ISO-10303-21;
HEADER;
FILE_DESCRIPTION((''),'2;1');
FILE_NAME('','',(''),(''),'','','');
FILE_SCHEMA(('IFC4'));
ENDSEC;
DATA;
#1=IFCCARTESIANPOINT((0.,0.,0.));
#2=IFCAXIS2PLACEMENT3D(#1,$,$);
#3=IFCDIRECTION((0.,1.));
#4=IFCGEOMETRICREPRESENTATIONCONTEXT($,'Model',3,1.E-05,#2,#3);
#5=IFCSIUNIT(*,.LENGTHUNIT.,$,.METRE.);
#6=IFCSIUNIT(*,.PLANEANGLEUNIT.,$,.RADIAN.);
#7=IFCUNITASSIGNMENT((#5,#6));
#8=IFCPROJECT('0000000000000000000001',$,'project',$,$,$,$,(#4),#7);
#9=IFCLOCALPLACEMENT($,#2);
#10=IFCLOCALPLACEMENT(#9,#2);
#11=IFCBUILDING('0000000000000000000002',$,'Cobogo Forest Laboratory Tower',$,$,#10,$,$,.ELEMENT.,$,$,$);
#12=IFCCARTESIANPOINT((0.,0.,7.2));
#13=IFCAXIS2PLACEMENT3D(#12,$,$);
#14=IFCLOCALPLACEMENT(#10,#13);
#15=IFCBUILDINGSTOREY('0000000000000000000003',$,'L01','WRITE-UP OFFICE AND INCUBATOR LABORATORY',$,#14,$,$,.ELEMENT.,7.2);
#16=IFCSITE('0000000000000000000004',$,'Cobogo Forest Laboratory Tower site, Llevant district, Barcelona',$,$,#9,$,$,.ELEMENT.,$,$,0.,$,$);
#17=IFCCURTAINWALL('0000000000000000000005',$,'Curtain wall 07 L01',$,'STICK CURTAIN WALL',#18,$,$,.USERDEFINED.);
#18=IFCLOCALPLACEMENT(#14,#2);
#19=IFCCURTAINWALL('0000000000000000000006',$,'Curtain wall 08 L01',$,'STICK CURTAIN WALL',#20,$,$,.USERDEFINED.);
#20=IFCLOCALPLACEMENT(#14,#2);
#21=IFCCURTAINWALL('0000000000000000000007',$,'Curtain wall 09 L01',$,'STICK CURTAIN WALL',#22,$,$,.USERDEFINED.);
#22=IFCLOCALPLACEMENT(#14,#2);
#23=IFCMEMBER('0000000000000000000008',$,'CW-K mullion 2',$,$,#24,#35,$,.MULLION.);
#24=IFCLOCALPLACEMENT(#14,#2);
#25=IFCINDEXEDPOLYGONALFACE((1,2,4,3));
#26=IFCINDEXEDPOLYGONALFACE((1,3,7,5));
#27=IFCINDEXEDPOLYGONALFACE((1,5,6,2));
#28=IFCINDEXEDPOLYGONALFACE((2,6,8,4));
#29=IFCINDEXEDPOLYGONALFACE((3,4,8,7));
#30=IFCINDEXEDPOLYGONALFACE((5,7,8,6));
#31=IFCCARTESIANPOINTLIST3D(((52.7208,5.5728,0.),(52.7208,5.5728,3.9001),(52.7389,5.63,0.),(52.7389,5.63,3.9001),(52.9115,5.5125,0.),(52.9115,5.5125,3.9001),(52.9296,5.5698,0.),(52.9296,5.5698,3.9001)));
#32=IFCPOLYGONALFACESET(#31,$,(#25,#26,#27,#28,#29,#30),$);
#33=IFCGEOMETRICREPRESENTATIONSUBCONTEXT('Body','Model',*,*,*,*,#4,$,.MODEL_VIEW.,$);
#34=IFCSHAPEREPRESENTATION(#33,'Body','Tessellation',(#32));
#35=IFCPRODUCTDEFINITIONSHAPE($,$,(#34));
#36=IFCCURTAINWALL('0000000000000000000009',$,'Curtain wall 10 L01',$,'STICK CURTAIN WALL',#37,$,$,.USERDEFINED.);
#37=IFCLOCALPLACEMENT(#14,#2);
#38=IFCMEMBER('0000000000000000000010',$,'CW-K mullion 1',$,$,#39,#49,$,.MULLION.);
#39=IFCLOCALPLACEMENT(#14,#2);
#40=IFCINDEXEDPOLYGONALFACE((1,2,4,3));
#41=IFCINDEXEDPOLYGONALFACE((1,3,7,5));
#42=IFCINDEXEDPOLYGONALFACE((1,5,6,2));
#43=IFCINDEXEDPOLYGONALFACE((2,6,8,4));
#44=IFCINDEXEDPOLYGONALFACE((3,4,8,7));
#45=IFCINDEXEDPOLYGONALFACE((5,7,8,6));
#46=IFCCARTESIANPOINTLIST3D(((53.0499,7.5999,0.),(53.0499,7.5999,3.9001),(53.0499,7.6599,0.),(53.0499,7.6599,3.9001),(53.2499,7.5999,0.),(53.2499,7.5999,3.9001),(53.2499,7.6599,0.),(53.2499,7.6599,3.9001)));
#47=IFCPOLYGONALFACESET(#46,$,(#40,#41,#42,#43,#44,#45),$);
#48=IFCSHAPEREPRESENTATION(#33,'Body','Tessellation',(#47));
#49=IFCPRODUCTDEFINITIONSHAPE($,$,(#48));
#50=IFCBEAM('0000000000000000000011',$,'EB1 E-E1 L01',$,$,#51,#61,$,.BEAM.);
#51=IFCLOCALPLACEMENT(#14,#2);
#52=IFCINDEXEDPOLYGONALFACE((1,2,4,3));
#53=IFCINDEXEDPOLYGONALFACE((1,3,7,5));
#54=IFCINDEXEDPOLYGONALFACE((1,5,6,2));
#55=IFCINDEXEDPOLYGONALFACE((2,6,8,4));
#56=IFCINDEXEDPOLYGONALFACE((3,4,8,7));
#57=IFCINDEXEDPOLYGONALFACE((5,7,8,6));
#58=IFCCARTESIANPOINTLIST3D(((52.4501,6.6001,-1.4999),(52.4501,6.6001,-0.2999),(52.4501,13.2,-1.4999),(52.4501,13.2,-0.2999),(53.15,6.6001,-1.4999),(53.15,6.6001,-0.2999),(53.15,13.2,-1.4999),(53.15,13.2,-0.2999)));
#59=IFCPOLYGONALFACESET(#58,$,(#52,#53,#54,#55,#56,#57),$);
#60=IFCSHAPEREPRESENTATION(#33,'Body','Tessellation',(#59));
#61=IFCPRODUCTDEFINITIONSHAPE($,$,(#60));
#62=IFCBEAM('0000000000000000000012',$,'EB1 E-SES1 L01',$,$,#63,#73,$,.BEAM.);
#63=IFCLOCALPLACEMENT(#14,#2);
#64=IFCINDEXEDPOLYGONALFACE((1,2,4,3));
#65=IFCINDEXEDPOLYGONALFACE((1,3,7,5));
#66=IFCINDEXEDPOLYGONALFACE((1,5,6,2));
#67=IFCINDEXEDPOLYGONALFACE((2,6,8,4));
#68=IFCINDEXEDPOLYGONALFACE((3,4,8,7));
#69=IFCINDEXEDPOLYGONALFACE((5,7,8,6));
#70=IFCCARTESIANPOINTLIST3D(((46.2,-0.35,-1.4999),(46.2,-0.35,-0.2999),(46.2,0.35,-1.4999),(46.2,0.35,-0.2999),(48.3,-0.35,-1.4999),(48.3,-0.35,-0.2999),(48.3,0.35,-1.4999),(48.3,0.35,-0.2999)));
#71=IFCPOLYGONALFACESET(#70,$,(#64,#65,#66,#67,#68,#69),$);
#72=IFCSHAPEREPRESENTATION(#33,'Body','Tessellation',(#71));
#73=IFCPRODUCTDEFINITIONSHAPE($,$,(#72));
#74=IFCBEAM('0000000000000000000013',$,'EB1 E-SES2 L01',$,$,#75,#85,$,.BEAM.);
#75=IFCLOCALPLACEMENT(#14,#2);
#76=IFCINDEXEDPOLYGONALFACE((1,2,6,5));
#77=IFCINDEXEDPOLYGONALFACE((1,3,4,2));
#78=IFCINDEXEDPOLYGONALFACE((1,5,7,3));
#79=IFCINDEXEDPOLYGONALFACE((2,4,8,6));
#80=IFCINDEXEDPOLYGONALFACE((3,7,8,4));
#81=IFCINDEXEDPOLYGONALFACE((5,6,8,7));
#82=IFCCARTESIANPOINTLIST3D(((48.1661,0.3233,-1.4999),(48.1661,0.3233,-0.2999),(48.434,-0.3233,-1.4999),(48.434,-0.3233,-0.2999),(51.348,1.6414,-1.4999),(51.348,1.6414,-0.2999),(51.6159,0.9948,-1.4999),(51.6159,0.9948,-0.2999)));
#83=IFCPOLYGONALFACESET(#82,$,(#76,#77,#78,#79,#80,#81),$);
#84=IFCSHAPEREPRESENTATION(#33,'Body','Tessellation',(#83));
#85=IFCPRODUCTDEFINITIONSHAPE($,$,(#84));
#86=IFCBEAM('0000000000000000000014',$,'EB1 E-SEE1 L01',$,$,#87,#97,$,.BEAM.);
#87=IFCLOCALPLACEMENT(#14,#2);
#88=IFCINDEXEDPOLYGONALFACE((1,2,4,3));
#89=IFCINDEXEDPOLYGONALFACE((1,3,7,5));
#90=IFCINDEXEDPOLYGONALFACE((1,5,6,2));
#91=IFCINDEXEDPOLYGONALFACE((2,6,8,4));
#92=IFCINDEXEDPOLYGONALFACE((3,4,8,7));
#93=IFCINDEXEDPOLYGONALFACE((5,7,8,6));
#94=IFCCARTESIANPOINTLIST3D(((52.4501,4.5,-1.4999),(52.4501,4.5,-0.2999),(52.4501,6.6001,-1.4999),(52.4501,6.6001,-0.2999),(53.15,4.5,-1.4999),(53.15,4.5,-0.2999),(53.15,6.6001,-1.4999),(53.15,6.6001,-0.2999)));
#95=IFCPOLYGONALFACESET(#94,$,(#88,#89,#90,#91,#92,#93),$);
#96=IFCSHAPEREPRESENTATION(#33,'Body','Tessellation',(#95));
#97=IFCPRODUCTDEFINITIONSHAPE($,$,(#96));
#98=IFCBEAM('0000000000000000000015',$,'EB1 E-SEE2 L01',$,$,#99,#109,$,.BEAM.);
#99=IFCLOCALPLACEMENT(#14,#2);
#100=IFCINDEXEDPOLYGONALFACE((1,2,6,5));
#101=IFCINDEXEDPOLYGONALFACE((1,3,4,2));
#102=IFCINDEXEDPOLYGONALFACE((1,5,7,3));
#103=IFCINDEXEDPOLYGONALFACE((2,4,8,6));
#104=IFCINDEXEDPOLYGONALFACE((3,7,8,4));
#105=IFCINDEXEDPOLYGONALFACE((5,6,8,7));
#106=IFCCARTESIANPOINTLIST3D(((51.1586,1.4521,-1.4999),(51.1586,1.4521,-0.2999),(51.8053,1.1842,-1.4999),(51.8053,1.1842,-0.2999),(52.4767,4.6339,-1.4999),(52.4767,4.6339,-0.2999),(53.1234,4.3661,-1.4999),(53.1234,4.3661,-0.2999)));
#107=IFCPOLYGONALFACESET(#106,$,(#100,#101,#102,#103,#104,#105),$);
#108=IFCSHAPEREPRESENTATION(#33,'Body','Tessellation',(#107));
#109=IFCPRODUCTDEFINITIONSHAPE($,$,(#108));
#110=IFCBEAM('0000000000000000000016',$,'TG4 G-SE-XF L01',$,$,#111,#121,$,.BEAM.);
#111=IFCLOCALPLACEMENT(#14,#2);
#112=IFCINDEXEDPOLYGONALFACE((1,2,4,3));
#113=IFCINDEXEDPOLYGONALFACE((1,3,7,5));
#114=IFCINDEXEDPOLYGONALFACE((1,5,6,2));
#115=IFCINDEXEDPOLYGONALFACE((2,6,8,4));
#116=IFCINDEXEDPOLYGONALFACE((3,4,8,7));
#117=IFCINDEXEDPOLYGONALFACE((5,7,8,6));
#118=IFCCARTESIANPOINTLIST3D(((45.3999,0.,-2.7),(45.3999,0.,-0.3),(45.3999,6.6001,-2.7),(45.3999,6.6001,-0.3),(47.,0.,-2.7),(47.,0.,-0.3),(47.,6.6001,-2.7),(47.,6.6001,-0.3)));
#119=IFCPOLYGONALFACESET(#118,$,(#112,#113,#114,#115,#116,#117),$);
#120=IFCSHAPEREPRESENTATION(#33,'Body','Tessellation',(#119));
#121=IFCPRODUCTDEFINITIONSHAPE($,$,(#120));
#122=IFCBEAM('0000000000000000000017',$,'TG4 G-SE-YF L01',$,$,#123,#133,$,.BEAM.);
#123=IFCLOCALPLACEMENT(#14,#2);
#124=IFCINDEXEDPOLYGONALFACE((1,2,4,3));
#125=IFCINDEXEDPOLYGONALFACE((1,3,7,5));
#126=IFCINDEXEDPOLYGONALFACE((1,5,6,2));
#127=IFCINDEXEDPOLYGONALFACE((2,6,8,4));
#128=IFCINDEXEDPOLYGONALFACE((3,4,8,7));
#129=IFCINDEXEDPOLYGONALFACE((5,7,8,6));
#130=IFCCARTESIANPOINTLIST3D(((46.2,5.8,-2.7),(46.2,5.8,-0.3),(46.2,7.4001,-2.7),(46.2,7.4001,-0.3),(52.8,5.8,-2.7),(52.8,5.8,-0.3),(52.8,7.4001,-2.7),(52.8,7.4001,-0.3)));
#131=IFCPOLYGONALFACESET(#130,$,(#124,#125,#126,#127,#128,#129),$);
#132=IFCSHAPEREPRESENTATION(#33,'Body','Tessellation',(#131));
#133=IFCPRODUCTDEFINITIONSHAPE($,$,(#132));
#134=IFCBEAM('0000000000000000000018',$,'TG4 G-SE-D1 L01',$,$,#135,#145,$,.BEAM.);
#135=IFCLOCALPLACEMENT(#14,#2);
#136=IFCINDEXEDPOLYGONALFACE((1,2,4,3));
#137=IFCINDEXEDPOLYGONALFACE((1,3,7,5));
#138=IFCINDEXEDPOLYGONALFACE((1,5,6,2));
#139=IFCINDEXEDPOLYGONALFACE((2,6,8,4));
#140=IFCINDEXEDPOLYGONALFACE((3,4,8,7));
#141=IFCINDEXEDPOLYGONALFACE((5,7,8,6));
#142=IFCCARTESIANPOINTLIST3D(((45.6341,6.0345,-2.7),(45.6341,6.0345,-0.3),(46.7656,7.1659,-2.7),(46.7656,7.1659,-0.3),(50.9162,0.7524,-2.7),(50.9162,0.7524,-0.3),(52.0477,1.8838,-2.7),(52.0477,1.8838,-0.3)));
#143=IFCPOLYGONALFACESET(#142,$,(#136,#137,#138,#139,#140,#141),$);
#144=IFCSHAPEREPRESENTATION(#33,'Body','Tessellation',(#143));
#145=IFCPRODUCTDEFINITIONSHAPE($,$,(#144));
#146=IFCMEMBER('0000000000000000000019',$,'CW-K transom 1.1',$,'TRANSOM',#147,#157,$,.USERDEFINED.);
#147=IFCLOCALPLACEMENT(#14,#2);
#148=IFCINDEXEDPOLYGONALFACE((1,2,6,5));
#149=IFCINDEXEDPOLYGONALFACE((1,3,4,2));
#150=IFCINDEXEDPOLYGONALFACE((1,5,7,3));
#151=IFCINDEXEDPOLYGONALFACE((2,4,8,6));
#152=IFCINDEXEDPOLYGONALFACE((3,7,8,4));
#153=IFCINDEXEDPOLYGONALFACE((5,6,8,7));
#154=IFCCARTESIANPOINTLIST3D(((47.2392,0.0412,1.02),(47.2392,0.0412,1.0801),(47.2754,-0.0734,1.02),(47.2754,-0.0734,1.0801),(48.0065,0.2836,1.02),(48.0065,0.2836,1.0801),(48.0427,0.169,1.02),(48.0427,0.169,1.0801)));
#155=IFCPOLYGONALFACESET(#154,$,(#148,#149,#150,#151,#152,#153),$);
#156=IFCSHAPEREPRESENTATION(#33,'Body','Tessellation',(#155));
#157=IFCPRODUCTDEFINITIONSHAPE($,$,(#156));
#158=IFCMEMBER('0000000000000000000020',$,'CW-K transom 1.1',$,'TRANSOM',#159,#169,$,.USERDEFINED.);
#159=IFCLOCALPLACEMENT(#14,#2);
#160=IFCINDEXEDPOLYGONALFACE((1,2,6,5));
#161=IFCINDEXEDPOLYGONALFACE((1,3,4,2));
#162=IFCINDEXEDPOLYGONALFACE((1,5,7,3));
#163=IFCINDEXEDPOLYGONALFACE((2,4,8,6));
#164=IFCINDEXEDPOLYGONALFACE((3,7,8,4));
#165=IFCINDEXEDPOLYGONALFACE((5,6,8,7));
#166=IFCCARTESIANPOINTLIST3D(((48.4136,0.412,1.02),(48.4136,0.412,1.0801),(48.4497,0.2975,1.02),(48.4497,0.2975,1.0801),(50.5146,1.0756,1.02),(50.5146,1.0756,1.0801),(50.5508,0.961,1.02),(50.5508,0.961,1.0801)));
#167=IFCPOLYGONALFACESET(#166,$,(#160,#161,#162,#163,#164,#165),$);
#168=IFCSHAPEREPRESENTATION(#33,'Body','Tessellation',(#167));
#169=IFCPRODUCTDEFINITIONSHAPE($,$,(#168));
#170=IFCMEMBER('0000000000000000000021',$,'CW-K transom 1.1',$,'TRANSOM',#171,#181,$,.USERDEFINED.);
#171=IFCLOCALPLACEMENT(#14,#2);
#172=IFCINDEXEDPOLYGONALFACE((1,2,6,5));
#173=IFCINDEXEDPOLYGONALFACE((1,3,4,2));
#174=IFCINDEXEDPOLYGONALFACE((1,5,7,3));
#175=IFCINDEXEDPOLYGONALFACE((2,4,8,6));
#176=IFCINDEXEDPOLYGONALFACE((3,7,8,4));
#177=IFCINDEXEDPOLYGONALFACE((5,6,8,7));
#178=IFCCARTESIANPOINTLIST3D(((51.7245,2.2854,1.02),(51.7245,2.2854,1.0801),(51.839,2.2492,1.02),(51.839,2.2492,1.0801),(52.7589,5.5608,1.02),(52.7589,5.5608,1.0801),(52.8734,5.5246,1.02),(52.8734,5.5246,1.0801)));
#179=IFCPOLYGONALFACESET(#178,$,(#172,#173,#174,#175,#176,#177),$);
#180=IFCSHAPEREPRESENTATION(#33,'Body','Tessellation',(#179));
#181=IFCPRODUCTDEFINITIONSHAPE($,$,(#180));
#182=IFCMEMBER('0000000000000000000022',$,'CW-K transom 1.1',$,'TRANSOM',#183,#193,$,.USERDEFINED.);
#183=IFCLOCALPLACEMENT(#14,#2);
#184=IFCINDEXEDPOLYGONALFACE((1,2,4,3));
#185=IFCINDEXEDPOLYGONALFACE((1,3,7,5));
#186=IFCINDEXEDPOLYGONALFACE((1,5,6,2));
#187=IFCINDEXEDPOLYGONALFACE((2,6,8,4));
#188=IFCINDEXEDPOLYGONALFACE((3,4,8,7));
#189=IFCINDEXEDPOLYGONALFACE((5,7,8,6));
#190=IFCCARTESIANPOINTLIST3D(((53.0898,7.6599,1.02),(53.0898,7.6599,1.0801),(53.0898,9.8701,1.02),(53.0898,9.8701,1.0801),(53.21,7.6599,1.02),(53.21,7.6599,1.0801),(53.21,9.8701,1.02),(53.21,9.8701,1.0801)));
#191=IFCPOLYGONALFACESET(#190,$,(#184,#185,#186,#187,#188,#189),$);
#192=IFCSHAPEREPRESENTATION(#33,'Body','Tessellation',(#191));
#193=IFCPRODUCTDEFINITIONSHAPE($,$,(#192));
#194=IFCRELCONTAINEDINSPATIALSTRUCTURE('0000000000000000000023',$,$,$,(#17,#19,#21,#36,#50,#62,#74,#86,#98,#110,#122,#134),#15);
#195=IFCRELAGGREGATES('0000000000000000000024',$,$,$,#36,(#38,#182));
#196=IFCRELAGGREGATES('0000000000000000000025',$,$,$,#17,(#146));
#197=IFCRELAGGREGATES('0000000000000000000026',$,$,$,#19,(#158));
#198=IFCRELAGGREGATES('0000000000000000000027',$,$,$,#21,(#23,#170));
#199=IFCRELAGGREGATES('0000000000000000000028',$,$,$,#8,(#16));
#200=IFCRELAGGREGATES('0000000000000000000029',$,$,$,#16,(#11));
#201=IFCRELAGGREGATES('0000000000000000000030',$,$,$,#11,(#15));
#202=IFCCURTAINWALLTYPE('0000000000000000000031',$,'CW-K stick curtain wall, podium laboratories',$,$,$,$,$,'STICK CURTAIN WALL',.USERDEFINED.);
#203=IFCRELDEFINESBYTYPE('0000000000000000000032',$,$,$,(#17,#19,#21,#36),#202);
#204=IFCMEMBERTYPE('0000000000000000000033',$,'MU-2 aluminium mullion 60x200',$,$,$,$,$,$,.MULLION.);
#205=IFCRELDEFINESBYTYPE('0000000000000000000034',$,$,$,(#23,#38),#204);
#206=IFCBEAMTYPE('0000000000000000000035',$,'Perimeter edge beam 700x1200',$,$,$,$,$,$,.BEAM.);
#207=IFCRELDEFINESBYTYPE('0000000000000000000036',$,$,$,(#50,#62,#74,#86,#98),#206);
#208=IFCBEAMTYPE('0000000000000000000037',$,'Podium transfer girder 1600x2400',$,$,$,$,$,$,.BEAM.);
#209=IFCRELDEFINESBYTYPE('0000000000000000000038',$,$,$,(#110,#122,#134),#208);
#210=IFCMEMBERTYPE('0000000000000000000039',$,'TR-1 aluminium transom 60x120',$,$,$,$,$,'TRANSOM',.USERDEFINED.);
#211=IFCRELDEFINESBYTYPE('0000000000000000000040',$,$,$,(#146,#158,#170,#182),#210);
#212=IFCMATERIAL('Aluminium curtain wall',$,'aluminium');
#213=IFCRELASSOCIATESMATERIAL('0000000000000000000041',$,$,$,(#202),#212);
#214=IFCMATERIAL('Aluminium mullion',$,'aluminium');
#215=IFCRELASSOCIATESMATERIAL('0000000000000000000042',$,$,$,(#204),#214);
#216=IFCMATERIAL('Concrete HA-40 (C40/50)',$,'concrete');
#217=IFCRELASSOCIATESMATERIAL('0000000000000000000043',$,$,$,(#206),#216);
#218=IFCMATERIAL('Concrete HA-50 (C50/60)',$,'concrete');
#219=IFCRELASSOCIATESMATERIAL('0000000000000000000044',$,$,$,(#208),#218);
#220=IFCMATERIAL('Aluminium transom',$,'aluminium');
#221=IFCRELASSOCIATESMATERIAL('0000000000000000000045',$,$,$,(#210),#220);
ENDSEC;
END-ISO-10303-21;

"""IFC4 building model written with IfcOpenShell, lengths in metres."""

from ifc_helpers import new_model, si_unit, direction, frame, origin, origin_2d, place, context, subcontext, project, spatial, rectangle, extrude, material, material_profile, profile_set, type_object, element, aggregate, save


model = new_model("IFC4")

# Units and contexts
model_context = context("Model", 3, precision=1e-05, world=origin(), true_north=direction((0.0, 1.0)))
body_context = subcontext(model_context, "Body", "Model", "MODEL_VIEW")
ifc_project = project(units=[si_unit("LENGTHUNIT", "METRE"), si_unit("PLANEANGLEUNIT", "RADIAN")], contexts=[model_context])

# Site, building, storey
site_placement = place(None, origin())
site = spatial("IfcSite", under=ifc_project, at=site_placement, Name="Cobogo Forest Laboratory Tower site, Llevant district, Barcelona", CompositionType="ELEMENT", RefElevation=0.0)
building_placement = place(site_placement, origin())
building = spatial("IfcBuilding", under=site, at=building_placement, Name="Cobogo Forest Laboratory Tower", CompositionType="ELEMENT")
storey_placement = place(building_placement, frame((0.0, 0.0, 7.2)))
storey = spatial("IfcBuildingStorey", under=building, at=storey_placement, Name="L01", Description="WRITE-UP OFFICE AND INCUBATOR LABORATORY", CompositionType="ELEMENT", Elevation=7.2)

# Shared definitions
ifc_material_1 = material(Name="Concrete HA-50 (C50/60)", Category="concrete")

# Shared definitions
ifc_material_2 = material(Name="Concrete HA-40 (C40/50)", Category="concrete")

# Shared definitions
ifc_material_3 = material(Name="Aluminium curtain wall", Category="aluminium")
curtain_wall_type = type_object("IfcCurtainWallType", Name="CW-K stick curtain wall, podium laboratories", ElementType="STICK CURTAIN WALL", PredefinedType="USERDEFINED", material=ifc_material_3)
ifc_material_4 = material(Name="Aluminium mullion", Category="aluminium")
ifc_material_profile_1 = material_profile(ifc_material_4, rectangle(XDim=0.0601, YDim=0.2, at=origin_2d()), Name="AL 60x200")
ifc_profile_set_1 = profile_set([ifc_material_profile_1], Name="Aluminium mullion")
member_type_1 = type_object("IfcMemberType", Name="MU-2 aluminium mullion 60x200", PredefinedType="MULLION", material=ifc_profile_set_1)

# Curtain walls, member
curtain_wall_1_placement = place(storey_placement, origin())
curtain_wall_1 = element("IfcCurtainWall", 1, at=curtain_wall_1_placement, inside=storey, type_object=curtain_wall_type, Name="Curtain wall 07 L01", ObjectType="STICK CURTAIN WALL", PredefinedType="USERDEFINED")
curtain_wall_2_placement = place(storey_placement, origin())
curtain_wall_2 = element("IfcCurtainWall", 2, at=curtain_wall_2_placement, inside=storey, type_object=curtain_wall_type, Name="Curtain wall 08 L01", ObjectType="STICK CURTAIN WALL", PredefinedType="USERDEFINED")
curtain_wall_3_placement = place(storey_placement, origin())
curtain_wall_3 = element("IfcCurtainWall", 3, at=curtain_wall_3_placement, inside=storey, type_object=curtain_wall_type, Name="Curtain wall 09 L01", ObjectType="STICK CURTAIN WALL", PredefinedType="USERDEFINED")
member_1_placement = place(storey_placement, frame((52.8252, 5.5713, 0.0), z_axis=(0.0, 0.0, 1.0), x_axis=(0.301135, 0.953581, 0.0)))
member_1 = element("IfcMember", 4, at=member_1_placement, type_object=member_type_1, Name="CW-K mullion 2", PredefinedType="MULLION", context=body_context, shape_type="SweptSolid", body=[
    extrude(rectangle(XDim=0.0601, YDim=0.2, at=origin_2d()), origin(), (0.0, 0.0, 1.0), 3.9001),
])

# Curtain wall, member
curtain_wall_4_placement = place(storey_placement, origin())
curtain_wall_4 = element("IfcCurtainWall", 5, at=curtain_wall_4_placement, inside=storey, type_object=curtain_wall_type, Name="Curtain wall 10 L01", ObjectType="STICK CURTAIN WALL", PredefinedType="USERDEFINED")
member_2_placement = place(storey_placement, frame((53.1499, 7.6299, 0.0), z_axis=(0.0, 0.0, 1.0), x_axis=(0.0, 1.0, 0.0)))
member_2 = element("IfcMember", 6, at=member_2_placement, type_object=member_type_1, Name="CW-K mullion 1", PredefinedType="MULLION", context=body_context, shape_type="SweptSolid", body=[
    extrude(rectangle(XDim=0.0601, YDim=0.2, at=origin_2d()), origin(), (0.0, 0.0, 1.0), 3.9001),
])

# Beams
ifc_material_profile_2 = material_profile(ifc_material_2, rectangle(XDim=0.7, YDim=1.2, at=origin_2d()), Name="RC 700x1200")
ifc_profile_set_2 = profile_set([ifc_material_profile_2], Name="Concrete HA-40 (C40/50)")
beam_type_1 = type_object("IfcBeamType", Name="Perimeter edge beam 700x1200", PredefinedType="BEAM", material=ifc_profile_set_2)
beam_1_placement = place(storey_placement, frame((52.8, 6.6001, -0.8999), z_axis=(0.0, 1.0, 0.0), x_axis=(-1.0, 0.0, 0.0)))
element("IfcBeam", 7, at=beam_1_placement, inside=storey, type_object=beam_type_1, Name="EB1 E-E1 L01", PredefinedType="BEAM", context=body_context, shape_type="SweptSolid", body=[
    extrude(rectangle(XDim=0.7, YDim=1.2, at=origin_2d()), origin(), (0.0, 0.0, 1.0), 6.5999),
])
beam_2_placement = place(storey_placement, frame((46.2, 0.0, -0.8999), z_axis=(1.0, 0.0, 0.0), x_axis=(0.0, 1.0, 0.0)))
element("IfcBeam", 8, at=beam_2_placement, inside=storey, type_object=beam_type_1, Name="EB1 E-SES1 L01", PredefinedType="BEAM", context=body_context, shape_type="SweptSolid", body=[
    extrude(rectangle(XDim=0.7, YDim=1.2, at=origin_2d()), origin(), (0.0, 0.0, 1.0), 2.1001),
])
beam_3_placement = place(storey_placement, frame((48.3, 0.0, -0.8999), z_axis=(0.923866, 0.382717, 0.0), x_axis=(-0.382717, 0.923866, 0.0)))
element("IfcBeam", 9, at=beam_3_placement, inside=storey, type_object=beam_type_1, Name="EB1 E-SES2 L01", PredefinedType="BEAM", context=body_context, shape_type="SweptSolid", body=[
    extrude(rectangle(XDim=0.7, YDim=1.2, at=origin_2d()), origin(), (0.0, 0.0, 1.0), 3.4441),
])
beam_4_placement = place(storey_placement, frame((52.8, 6.6001, -0.8999), z_axis=(0.0, -1.0, 0.0), x_axis=(1.0, 0.0, 0.0)))
element("IfcBeam", 10, at=beam_4_placement, inside=storey, type_object=beam_type_1, Name="EB1 E-SEE1 L01", PredefinedType="BEAM", context=body_context, shape_type="SweptSolid", body=[
    extrude(rectangle(XDim=0.7, YDim=1.2, at=origin_2d()), origin(), (0.0, 0.0, 1.0), 2.1001),
])
beam_5_placement = place(storey_placement, frame((52.8, 4.5, -0.8999), z_axis=(-0.382717, -0.923866, 0.0), x_axis=(0.923866, -0.382717, 0.0)))
element("IfcBeam", 11, at=beam_5_placement, inside=storey, type_object=beam_type_1, Name="EB1 E-SEE2 L01", PredefinedType="BEAM", context=body_context, shape_type="SweptSolid", body=[
    extrude(rectangle(XDim=0.7, YDim=1.2, at=origin_2d()), origin(), (0.0, 0.0, 1.0), 3.4441),
])
ifc_material_profile_3 = material_profile(ifc_material_1, rectangle(XDim=1.6001, YDim=2.3999, at=origin_2d()), Name="RC 1600x2400")
ifc_profile_set_3 = profile_set([ifc_material_profile_3], Name="Concrete HA-50 (C50/60)")
beam_type_2 = type_object("IfcBeamType", Name="Podium transfer girder 1600x2400", PredefinedType="BEAM", material=ifc_profile_set_3)
for number, where, z_axis, x_axis, name in (
    (12, (46.2, 0.0, -1.5), (0.0, 1.0, 0.0), (-1.0, 0.0, 0.0), "TG4 G-SE-XF L01"),
    (13, (52.8, 6.6001, -1.5), (-1.0, 0.0, 0.0), (0.0, -1.0, 0.0), "TG4 G-SE-YF L01"),
):
    element("IfcBeam", number, at=place(storey_placement, frame(where, z_axis=z_axis, x_axis=x_axis)), inside=storey, type_object=beam_type_2, Name=name, PredefinedType="BEAM", context=body_context, shape_type="SweptSolid", body=[
        extrude(rectangle(XDim=1.6001, YDim=2.3999, at=origin_2d()), origin(), (0.0, 0.0, 1.0), 6.6001),
    ])
beam_6_placement = place(storey_placement, frame((51.4819, 1.3181, -1.5), z_axis=(-0.707107, 0.707107, 0.0), x_axis=(-0.707107, -0.707107, 0.0)))
element("IfcBeam", 14, at=beam_6_placement, inside=storey, type_object=beam_type_2, Name="TG4 G-SE-D1 L01", PredefinedType="BEAM", context=body_context, shape_type="SweptSolid", body=[
    extrude(rectangle(XDim=1.6001, YDim=2.3999, at=origin_2d()), origin(), (0.0, 0.0, 1.0), 7.47),
])

# Members
ifc_material_5 = material(Name="Aluminium transom", Category="aluminium")
ifc_material_profile_4 = material_profile(ifc_material_5, rectangle(XDim=0.1201, YDim=0.0601, at=origin_2d()), Name="AL 60x120")
ifc_profile_set_4 = profile_set([ifc_material_profile_4], Name="Aluminium transom")
member_type_2 = type_object("IfcMemberType", Name="TR-1 aluminium transom 60x120", ElementType="TRANSOM", PredefinedType="USERDEFINED", material=ifc_profile_set_4)
member_3_placement = place(storey_placement, frame((47.2573, -0.0161, 1.05), z_axis=(0.953541, 0.301262, 0.0), x_axis=(-0.301262, 0.953541, 0.0)))
member_3 = element("IfcMember", 15, at=member_3_placement, type_object=member_type_2, Name="CW-K transom 1.1", ObjectType="TRANSOM", PredefinedType="USERDEFINED", context=body_context, shape_type="SweptSolid", body=[
    extrude(rectangle(XDim=0.1201, YDim=0.0601, at=origin_2d()), origin(), (0.0, 0.0, 1.0), 0.8047),
])
member_4_placement = place(storey_placement, frame((48.4316, 0.3547, 1.05), z_axis=(0.953573, 0.301163, 0.0), x_axis=(-0.301163, 0.953573, 0.0)))
member_4 = element("IfcMember", 16, at=member_4_placement, type_object=member_type_2, Name="CW-K transom 1.1", ObjectType="TRANSOM", PredefinedType="USERDEFINED", context=body_context, shape_type="SweptSolid", body=[
    extrude(rectangle(XDim=0.1201, YDim=0.0601, at=origin_2d()), origin(), (0.0, 0.0, 1.0), 2.2034),
])
member_5_placement = place(storey_placement, frame((51.7817, 2.2673, 1.05), z_axis=(0.301155, 0.953575, 0.0), x_axis=(-0.953575, 0.301155, 0.0)))
member_5 = element("IfcMember", 17, at=member_5_placement, type_object=member_type_2, Name="CW-K transom 1.1", ObjectType="TRANSOM", PredefinedType="USERDEFINED", context=body_context, shape_type="SweptSolid", body=[
    extrude(rectangle(XDim=0.1201, YDim=0.0601, at=origin_2d()), origin(), (0.0, 0.0, 1.0), 3.4348),
])
member_6_placement = place(storey_placement, frame((53.1499, 7.6599, 1.05), z_axis=(0.0, 1.0, 0.0), x_axis=(-1.0, 0.0, 0.0)))
member_6 = element("IfcMember", 18, at=member_6_placement, type_object=member_type_2, Name="CW-K transom 1.1", ObjectType="TRANSOM", PredefinedType="USERDEFINED", context=body_context, shape_type="SweptSolid", body=[
    extrude(rectangle(XDim=0.1201, YDim=0.0601, at=origin_2d()), origin(), (0.0, 0.0, 1.0), 2.2102),
])
aggregate(curtain_wall_4, [member_2, member_6])

aggregate(curtain_wall_1, [member_3])
aggregate(curtain_wall_2, [member_4])
aggregate(curtain_wall_3, [member_1, member_5])

save(model, "model.ifc")
